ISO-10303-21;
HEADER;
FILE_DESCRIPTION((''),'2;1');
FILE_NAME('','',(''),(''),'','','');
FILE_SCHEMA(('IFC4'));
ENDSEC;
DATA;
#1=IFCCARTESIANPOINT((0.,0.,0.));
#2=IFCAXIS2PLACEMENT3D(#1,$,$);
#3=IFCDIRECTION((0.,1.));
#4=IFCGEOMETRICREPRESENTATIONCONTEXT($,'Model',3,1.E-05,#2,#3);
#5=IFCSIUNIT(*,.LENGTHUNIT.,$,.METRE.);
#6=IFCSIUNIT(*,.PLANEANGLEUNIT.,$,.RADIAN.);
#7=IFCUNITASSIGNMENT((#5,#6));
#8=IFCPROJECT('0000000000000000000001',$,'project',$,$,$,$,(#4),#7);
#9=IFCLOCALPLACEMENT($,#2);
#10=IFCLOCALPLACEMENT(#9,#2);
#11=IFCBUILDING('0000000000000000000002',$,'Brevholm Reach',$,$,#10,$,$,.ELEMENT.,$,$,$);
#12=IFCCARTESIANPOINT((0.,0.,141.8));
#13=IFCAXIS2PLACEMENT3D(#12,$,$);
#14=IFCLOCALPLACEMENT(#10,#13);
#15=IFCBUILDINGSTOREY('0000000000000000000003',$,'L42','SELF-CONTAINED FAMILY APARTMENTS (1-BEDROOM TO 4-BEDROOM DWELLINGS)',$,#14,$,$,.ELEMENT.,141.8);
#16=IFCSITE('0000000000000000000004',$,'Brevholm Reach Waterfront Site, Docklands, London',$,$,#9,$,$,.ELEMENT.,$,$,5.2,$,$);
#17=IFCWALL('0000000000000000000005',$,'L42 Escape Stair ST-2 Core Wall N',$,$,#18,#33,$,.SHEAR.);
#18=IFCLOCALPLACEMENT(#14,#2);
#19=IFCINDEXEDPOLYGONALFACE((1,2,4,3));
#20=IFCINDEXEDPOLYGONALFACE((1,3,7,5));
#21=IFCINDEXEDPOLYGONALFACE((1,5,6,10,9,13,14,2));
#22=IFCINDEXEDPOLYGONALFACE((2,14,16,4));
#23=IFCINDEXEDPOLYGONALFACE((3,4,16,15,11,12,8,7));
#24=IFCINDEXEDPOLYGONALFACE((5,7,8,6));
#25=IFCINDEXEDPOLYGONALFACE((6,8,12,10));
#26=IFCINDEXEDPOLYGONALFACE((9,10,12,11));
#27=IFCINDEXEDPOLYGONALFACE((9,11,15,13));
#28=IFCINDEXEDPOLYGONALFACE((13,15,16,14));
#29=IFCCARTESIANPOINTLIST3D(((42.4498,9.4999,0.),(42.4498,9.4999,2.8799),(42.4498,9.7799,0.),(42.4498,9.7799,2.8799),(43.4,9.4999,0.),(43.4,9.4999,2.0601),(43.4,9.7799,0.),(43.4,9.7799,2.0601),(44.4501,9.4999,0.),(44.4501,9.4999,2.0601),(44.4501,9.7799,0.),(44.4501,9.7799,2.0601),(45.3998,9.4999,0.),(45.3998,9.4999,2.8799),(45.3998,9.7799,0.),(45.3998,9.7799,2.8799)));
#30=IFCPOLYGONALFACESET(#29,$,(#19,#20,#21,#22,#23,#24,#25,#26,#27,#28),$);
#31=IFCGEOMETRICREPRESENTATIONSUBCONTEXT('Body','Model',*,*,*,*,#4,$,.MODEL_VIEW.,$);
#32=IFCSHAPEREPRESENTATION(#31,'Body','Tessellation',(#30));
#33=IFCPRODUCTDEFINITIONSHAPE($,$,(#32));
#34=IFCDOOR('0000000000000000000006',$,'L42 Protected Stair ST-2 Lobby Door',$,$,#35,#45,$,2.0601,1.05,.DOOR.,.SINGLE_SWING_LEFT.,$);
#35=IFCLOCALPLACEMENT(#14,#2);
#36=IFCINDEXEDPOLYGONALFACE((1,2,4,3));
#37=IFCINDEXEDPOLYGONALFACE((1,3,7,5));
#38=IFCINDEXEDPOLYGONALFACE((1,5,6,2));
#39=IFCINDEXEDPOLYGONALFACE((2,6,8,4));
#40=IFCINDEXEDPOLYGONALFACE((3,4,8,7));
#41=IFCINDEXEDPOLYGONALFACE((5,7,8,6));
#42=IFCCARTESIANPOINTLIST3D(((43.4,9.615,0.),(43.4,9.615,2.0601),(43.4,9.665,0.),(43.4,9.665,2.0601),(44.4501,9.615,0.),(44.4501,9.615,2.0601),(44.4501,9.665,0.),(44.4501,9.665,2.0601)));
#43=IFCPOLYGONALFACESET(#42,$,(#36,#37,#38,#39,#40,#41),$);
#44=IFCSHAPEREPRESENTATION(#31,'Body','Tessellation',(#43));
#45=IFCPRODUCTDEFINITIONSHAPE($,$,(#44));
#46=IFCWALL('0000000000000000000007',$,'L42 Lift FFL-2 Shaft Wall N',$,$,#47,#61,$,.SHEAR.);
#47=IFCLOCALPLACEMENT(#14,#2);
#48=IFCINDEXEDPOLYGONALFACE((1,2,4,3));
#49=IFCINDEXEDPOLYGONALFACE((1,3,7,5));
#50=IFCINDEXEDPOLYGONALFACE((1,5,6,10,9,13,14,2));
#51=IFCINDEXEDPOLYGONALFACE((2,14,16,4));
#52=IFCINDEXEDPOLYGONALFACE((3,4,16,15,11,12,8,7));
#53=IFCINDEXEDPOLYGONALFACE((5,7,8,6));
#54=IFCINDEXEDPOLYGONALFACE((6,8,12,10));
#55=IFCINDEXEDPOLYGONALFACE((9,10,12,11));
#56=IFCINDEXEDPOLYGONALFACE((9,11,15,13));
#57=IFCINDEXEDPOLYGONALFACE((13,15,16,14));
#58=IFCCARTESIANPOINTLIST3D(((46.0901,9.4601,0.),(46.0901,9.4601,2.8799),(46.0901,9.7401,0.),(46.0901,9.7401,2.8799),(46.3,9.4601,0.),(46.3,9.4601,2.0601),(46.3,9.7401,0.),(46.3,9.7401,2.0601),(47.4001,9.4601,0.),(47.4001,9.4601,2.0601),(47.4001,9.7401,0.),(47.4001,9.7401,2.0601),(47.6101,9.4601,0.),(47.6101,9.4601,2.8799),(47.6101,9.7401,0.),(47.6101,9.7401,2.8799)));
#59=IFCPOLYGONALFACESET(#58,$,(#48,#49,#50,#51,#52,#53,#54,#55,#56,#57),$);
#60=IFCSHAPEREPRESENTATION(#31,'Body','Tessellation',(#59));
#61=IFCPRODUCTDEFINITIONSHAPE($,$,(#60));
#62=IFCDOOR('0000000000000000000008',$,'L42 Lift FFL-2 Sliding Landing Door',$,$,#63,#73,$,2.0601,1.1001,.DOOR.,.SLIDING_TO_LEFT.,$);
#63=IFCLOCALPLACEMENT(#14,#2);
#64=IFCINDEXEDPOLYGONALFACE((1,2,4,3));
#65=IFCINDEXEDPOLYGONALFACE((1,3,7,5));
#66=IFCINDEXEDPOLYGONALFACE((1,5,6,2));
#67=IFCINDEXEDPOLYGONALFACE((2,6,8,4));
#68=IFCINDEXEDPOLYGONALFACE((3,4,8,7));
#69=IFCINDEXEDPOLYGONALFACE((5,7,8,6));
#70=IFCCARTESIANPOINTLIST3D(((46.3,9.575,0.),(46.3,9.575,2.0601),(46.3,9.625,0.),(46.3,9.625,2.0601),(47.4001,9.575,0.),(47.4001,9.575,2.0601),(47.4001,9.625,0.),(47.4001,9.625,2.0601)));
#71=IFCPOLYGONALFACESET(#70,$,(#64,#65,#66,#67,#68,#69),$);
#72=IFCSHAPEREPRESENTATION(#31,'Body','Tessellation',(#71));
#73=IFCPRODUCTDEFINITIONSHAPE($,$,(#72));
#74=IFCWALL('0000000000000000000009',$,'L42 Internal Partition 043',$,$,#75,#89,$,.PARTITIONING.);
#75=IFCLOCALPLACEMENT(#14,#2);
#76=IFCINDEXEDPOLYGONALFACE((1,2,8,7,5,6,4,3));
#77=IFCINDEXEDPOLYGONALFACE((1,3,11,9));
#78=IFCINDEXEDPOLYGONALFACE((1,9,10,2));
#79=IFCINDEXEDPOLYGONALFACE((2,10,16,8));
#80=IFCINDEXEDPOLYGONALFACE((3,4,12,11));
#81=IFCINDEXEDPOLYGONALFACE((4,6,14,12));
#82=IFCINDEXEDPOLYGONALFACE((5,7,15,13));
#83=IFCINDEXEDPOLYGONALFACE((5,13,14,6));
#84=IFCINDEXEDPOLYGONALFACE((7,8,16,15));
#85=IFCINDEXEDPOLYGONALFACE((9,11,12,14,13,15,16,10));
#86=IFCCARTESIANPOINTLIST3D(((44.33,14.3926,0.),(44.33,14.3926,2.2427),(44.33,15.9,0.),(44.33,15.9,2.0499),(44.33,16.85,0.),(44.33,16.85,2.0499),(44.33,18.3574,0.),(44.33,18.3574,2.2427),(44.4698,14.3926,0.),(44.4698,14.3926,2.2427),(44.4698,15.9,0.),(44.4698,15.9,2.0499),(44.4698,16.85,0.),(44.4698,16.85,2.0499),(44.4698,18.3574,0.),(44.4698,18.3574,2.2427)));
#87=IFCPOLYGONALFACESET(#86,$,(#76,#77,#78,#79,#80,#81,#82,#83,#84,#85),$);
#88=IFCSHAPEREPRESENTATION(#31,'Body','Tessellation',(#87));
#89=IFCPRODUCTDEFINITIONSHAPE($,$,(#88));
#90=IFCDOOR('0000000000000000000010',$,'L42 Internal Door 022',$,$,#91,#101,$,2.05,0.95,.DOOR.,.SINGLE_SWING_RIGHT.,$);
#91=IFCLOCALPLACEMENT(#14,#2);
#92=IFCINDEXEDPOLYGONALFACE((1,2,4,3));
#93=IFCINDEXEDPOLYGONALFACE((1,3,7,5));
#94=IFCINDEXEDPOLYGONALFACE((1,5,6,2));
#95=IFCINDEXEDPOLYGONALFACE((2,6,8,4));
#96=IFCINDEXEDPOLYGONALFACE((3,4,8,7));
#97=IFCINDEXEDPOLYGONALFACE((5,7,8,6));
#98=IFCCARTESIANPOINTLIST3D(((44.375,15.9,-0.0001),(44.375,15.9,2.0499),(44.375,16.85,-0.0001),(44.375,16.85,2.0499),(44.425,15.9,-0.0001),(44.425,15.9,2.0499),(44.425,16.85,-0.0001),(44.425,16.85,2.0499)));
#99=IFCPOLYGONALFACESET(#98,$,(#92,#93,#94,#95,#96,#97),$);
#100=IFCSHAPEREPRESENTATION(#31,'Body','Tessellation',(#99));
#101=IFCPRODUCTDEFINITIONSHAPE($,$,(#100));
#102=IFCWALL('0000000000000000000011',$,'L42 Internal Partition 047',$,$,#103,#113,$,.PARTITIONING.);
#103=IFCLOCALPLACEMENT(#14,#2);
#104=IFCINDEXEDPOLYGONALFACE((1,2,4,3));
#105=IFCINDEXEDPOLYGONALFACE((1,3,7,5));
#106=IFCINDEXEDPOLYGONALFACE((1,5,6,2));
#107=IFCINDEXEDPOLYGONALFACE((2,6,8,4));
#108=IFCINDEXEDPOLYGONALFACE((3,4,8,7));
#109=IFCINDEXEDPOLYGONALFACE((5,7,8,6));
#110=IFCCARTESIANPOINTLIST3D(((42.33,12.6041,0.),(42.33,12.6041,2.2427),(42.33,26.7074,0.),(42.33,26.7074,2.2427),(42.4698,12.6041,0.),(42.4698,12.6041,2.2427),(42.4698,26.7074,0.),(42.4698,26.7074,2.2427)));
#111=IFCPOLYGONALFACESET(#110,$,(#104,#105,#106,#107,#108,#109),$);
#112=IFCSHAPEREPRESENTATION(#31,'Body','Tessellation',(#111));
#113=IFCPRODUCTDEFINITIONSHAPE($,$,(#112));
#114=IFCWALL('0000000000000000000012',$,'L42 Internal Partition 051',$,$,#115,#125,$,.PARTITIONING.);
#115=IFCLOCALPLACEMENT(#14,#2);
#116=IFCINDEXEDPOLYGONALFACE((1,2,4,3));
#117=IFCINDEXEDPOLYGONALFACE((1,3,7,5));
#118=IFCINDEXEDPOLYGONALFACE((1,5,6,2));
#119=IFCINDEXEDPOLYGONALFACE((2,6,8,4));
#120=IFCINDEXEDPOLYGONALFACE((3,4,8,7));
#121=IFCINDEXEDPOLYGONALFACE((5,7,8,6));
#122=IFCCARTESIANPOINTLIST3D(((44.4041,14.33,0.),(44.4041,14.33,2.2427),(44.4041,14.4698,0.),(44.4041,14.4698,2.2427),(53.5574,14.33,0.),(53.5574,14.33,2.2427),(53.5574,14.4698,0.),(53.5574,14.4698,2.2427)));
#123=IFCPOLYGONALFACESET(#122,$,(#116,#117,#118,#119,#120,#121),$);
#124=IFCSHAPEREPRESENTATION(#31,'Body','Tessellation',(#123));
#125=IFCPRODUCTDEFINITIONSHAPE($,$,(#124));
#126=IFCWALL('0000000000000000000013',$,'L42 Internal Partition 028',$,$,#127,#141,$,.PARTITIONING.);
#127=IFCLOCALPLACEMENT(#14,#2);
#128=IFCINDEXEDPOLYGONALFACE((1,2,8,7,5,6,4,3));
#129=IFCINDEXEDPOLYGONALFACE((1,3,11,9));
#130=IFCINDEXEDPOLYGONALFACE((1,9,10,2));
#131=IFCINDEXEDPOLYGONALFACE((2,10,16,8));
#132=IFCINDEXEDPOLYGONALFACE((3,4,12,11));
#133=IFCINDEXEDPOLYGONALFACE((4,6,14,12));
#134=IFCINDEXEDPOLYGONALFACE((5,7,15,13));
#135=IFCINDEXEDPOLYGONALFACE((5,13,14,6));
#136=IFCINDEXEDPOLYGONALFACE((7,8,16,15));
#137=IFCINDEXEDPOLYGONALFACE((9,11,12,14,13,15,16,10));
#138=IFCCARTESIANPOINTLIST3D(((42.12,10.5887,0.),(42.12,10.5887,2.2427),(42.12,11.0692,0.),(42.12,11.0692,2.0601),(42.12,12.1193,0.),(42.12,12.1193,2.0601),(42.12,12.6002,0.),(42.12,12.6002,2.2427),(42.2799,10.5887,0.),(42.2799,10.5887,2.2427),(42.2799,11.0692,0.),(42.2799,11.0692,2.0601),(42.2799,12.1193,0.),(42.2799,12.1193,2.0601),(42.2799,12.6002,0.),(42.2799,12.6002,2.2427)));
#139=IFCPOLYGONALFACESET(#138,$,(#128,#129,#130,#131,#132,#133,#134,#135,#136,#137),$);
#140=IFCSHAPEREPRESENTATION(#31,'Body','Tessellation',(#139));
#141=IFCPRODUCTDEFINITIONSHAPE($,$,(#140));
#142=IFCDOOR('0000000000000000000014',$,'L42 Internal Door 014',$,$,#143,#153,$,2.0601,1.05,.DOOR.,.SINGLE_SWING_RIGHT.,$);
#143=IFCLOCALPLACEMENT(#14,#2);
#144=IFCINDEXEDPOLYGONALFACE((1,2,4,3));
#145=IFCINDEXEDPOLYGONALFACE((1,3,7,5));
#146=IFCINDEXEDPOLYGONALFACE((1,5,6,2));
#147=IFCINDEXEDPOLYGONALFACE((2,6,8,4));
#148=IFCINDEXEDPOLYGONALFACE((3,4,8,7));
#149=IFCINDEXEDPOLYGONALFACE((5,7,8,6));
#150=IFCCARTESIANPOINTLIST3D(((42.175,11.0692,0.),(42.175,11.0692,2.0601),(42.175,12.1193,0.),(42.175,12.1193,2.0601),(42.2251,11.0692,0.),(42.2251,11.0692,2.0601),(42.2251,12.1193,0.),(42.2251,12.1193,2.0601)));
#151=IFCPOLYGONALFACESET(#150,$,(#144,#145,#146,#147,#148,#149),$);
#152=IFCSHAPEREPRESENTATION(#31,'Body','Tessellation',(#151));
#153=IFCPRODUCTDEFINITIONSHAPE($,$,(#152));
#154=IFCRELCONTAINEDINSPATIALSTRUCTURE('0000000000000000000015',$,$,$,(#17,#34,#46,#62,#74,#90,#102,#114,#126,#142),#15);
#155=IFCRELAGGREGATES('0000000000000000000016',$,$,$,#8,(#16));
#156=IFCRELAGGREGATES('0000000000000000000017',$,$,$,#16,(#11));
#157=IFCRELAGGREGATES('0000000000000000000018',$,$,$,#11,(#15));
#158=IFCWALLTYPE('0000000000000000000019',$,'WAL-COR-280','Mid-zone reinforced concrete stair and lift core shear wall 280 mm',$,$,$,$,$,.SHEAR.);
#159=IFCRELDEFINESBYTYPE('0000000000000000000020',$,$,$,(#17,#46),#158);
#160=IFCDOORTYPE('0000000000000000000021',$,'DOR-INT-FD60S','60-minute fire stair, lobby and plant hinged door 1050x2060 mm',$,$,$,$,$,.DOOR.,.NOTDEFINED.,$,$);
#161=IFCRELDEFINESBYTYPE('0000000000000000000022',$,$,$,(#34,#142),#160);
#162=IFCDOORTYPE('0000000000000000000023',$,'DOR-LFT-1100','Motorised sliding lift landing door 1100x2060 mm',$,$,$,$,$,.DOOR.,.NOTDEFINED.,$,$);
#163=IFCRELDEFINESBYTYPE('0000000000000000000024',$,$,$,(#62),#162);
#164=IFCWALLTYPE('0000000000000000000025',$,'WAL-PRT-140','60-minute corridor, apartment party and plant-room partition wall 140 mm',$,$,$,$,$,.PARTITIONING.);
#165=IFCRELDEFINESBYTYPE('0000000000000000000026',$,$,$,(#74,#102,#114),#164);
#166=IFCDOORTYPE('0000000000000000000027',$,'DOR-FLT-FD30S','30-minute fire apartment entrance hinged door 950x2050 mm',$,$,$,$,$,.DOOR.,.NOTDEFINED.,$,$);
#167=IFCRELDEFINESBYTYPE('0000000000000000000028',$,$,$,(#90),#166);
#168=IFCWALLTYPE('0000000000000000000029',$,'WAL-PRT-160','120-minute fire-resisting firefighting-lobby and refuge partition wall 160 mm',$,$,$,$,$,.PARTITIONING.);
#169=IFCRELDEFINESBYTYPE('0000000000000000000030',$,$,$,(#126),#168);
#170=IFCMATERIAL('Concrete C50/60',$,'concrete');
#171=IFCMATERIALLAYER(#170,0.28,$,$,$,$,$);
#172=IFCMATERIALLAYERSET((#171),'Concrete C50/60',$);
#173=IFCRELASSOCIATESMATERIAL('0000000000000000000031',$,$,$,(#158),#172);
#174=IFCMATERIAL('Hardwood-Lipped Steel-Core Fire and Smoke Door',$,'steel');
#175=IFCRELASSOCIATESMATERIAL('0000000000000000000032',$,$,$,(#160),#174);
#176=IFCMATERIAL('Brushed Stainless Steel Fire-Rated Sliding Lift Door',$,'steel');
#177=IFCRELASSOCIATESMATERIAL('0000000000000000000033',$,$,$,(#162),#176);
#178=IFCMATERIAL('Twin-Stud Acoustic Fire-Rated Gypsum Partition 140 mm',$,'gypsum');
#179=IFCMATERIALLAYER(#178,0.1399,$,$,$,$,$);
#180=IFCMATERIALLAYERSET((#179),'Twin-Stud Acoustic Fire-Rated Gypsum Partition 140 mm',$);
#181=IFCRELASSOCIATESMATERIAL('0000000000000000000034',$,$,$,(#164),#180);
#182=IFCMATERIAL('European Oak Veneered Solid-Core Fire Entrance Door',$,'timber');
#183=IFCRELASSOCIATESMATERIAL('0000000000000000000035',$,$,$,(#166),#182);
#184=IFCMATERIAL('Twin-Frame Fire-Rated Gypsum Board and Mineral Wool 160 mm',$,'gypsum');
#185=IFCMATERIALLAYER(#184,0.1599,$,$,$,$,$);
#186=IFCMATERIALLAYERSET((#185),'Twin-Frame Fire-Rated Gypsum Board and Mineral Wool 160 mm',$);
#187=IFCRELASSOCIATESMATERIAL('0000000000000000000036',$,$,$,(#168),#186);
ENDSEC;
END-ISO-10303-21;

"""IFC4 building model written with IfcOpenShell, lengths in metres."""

from ifc_helpers import new_model, si_unit, direction, frame, frame_2d, origin, place, context, subcontext, project, spatial, rectangle, extrude, material, layer, layer_set, type_object, element, fill, save


model = new_model("IFC4")

# Units and contexts
model_context = context("Model", 3, precision=1e-05, world=origin(), true_north=direction((0.0, 1.0)))
body_context = subcontext(model_context, "Body", "Model", "MODEL_VIEW")
ifc_project = project(units=[si_unit("LENGTHUNIT", "METRE"), si_unit("PLANEANGLEUNIT", "RADIAN")], contexts=[model_context])

# Site, building, storey
site_placement = place(None, origin())
site = spatial("IfcSite", under=ifc_project, at=site_placement, Name="Brevholm Reach Waterfront Site, Docklands, London", CompositionType="ELEMENT", RefElevation=5.2)
building_placement = place(site_placement, origin())
building = spatial("IfcBuilding", under=site, at=building_placement, Name="Brevholm Reach", CompositionType="ELEMENT")
storey_placement = place(building_placement, frame((0.0, 0.0, 141.8)))
storey = spatial("IfcBuildingStorey", under=building, at=storey_placement, Name="L42", Description="SELF-CONTAINED FAMILY APARTMENTS (1-BEDROOM TO 4-BEDROOM DWELLINGS)", CompositionType="ELEMENT", Elevation=141.8)

# Walls, openings, doors
ifc_material_1 = material(Name="Concrete C50/60", Category="concrete")
ifc_layer_1 = layer(ifc_material_1, 0.28)
ifc_layer_set_1 = layer_set([ifc_layer_1], Name="Concrete C50/60")
wall_type_1 = type_object("IfcWallType", Name="WAL-COR-280", Description="Mid-zone reinforced concrete stair and lift core shear wall 280 mm", PredefinedType="SHEAR", material=ifc_layer_set_1)
wall_1_placement = place(storey_placement, frame((45.3999, 9.6399, 0.0), z_axis=(0.0, 0.0, 1.0), x_axis=(-1.0, 0.0, 0.0)))
wall_1 = element("IfcWall", 1, at=wall_1_placement, inside=storey, type_object=wall_type_1, Name="L42 Escape Stair ST-2 Core Wall N", PredefinedType="SHEAR", context=body_context, shape_type="SweptSolid", body=[
    extrude(rectangle(XDim=2.95, YDim=0.28, at=frame_2d((1.4751, 0.0))), origin(), (0.0, 0.0, 1.0), 2.8799),
])
opening_1_placement = place(wall_1_placement, frame((0.95, 0.0, 0.0)))
opening_1 = element("IfcOpeningElement", 2, at=opening_1_placement, cuts=wall_1, PredefinedType="OPENING", context=body_context, shape_type="SweptSolid", body=[
    extrude(rectangle(XDim=1.05, YDim=2.0601, at=frame_2d((0.5249, 1.03))), frame((0.0, 0.1499, 0.0), z_axis=(0.0, -1.0, 0.0), x_axis=(1.0, 0.0, 0.0)), (0.0, 0.0, 1.0), 0.3),
])
ifc_material_2 = material(Name="Hardwood-Lipped Steel-Core Fire and Smoke Door", Category="steel")
door_type_1 = type_object("IfcDoorType", Name="DOR-INT-FD60S", Description="60-minute fire stair, lobby and plant hinged door 1050x2060 mm", OperationType="NOTDEFINED", PredefinedType="DOOR", material=ifc_material_2)
door_1_placement = place(opening_1_placement, origin())
door_1 = element("IfcDoor", 3, at=door_1_placement, inside=storey, type_object=door_type_1, Name="L42 Protected Stair ST-2 Lobby Door", OperationType="SINGLE_SWING_LEFT", OverallHeight=2.0601, OverallWidth=1.05, PredefinedType="DOOR", context=body_context, shape_type="SweptSolid", body=[
    extrude(rectangle(XDim=1.05, YDim=2.0601, at=frame_2d((0.5249, 1.03))), frame((0.0, 0.0249, 0.0), z_axis=(0.0, -1.0, 0.0), x_axis=(1.0, 0.0, 0.0)), (0.0, 0.0, 1.0), 0.05),
])
fill(opening_1, door_1)
wall_2_placement = place(storey_placement, frame((46.0901, 9.6001, 0.0), z_axis=(0.0, 0.0, 1.0), x_axis=(1.0, 0.0, 0.0)))
wall_2 = element("IfcWall", 4, at=wall_2_placement, inside=storey, type_object=wall_type_1, Name="L42 Lift FFL-2 Shaft Wall N", PredefinedType="SHEAR", context=body_context, shape_type="SweptSolid", body=[
    extrude(rectangle(XDim=1.52, YDim=0.28, at=frame_2d((0.76, 0.0))), origin(), (0.0, 0.0, 1.0), 2.8799),
])
opening_2_placement = place(wall_2_placement, frame((0.21, 0.0, 0.0)))
opening_2 = element("IfcOpeningElement", 5, at=opening_2_placement, cuts=wall_2, PredefinedType="OPENING", context=body_context, shape_type="SweptSolid", body=[
    extrude(rectangle(XDim=1.1001, YDim=2.0601, at=frame_2d((0.55, 1.03))), frame((0.0, 0.1499, 0.0), z_axis=(0.0, -1.0, 0.0), x_axis=(1.0, 0.0, 0.0)), (0.0, 0.0, 1.0), 0.3),
])
ifc_material_3 = material(Name="Brushed Stainless Steel Fire-Rated Sliding Lift Door", Category="steel")
door_type_2 = type_object("IfcDoorType", Name="DOR-LFT-1100", Description="Motorised sliding lift landing door 1100x2060 mm", OperationType="NOTDEFINED", PredefinedType="DOOR", material=ifc_material_3)
door_2_placement = place(opening_2_placement, origin())
door_2 = element("IfcDoor", 6, at=door_2_placement, inside=storey, type_object=door_type_2, Name="L42 Lift FFL-2 Sliding Landing Door", OperationType="SLIDING_TO_LEFT", OverallHeight=2.0601, OverallWidth=1.1001, PredefinedType="DOOR", context=body_context, shape_type="SweptSolid", body=[
    extrude(rectangle(XDim=1.1001, YDim=2.0601, at=frame_2d((0.55, 1.03))), frame((0.0, 0.0249, 0.0), z_axis=(0.0, -1.0, 0.0), x_axis=(1.0, 0.0, 0.0)), (0.0, 0.0, 1.0), 0.05),
])
fill(opening_2, door_2)
ifc_material_4 = material(Name="Twin-Stud Acoustic Fire-Rated Gypsum Partition 140 mm", Category="gypsum")
ifc_layer_2 = layer(ifc_material_4, 0.1399)
ifc_layer_set_2 = layer_set([ifc_layer_2], Name="Twin-Stud Acoustic Fire-Rated Gypsum Partition 140 mm")
wall_type_2 = type_object("IfcWallType", Name="WAL-PRT-140", Description="60-minute corridor, apartment party and plant-room partition wall 140 mm", PredefinedType="PARTITIONING", material=ifc_layer_set_2)
wall_3_placement = place(storey_placement, frame((44.3999, 14.3926, 0.0), z_axis=(0.0, 0.0, 1.0), x_axis=(0.0, 1.0, 0.0)))
wall_3 = element("IfcWall", 7, at=wall_3_placement, inside=storey, type_object=wall_type_2, Name="L42 Internal Partition 043", PredefinedType="PARTITIONING", context=body_context, shape_type="SweptSolid", body=[
    extrude(rectangle(XDim=3.9648, YDim=0.1399, at=frame_2d((1.9824, 0.0))), origin(), (0.0, 0.0, 1.0), 2.2427),
])
opening_3_placement = place(wall_3_placement, frame((1.5073, 0.0, 0.0)))
opening_3 = element("IfcOpeningElement", 8, at=opening_3_placement, cuts=wall_3, PredefinedType="OPENING", context=body_context, shape_type="SweptSolid", body=[
    extrude(rectangle(XDim=0.95, YDim=2.05, at=frame_2d((0.4751, 1.0249))), frame((0.0, 0.0798, 0.0), z_axis=(0.0, -1.0, 0.0), x_axis=(1.0, 0.0, 0.0)), (0.0, 0.0, 1.0), 0.1599),
])
ifc_material_5 = material(Name="European Oak Veneered Solid-Core Fire Entrance Door", Category="timber")
door_type_3 = type_object("IfcDoorType", Name="DOR-FLT-FD30S", Description="30-minute fire apartment entrance hinged door 950x2050 mm", OperationType="NOTDEFINED", PredefinedType="DOOR", material=ifc_material_5)
door_3_placement = place(opening_3_placement, origin())
door_3 = element("IfcDoor", 9, at=door_3_placement, inside=storey, type_object=door_type_3, Name="L42 Internal Door 022", OperationType="SINGLE_SWING_RIGHT", OverallHeight=2.05, OverallWidth=0.95, PredefinedType="DOOR", context=body_context, shape_type="SweptSolid", body=[
    extrude(rectangle(XDim=0.95, YDim=2.05, at=frame_2d((0.4751, 1.0249))), frame((0.0, 0.0249, 0.0), z_axis=(0.0, -1.0, 0.0), x_axis=(1.0, 0.0, 0.0)), (0.0, 0.0, 1.0), 0.05),
])
fill(opening_3, door_3)

# Walls
wall_4_placement = place(storey_placement, frame((42.3999, 12.604, 0.0), z_axis=(0.0, 0.0, 1.0), x_axis=(0.0, 1.0, 0.0)))
element("IfcWall", 10, at=wall_4_placement, inside=storey, type_object=wall_type_2, Name="L42 Internal Partition 047", PredefinedType="PARTITIONING", context=body_context, shape_type="SweptSolid", body=[
    extrude(rectangle(XDim=14.1033, YDim=0.1399, at=frame_2d((7.0518, 0.0))), origin(), (0.0, 0.0, 1.0), 2.2427),
])
wall_5_placement = place(storey_placement, frame((44.4041, 14.3999, 0.0), z_axis=(0.0, 0.0, 1.0), x_axis=(1.0, 0.0, 0.0)))
element("IfcWall", 11, at=wall_5_placement, inside=storey, type_object=wall_type_2, Name="L42 Internal Partition 051", PredefinedType="PARTITIONING", context=body_context, shape_type="SweptSolid", body=[
    extrude(rectangle(XDim=9.1533, YDim=0.1399, at=frame_2d((4.5767, 0.0))), origin(), (0.0, 0.0, 1.0), 2.2427),
])

# Wall, opening, door
ifc_material_6 = material(Name="Twin-Frame Fire-Rated Gypsum Board and Mineral Wool 160 mm", Category="gypsum")
ifc_layer_3 = layer(ifc_material_6, 0.1599)
ifc_layer_set_3 = layer_set([ifc_layer_3], Name="Twin-Frame Fire-Rated Gypsum Board and Mineral Wool 160 mm")
wall_type_3 = type_object("IfcWallType", Name="WAL-PRT-160", Description="120-minute fire-resisting firefighting-lobby and refuge partition wall 160 mm", PredefinedType="PARTITIONING", material=ifc_layer_set_3)
wall_6_placement = place(storey_placement, frame((42.2, 10.5886, 0.0), z_axis=(0.0, 0.0, 1.0), x_axis=(0.0, 1.0, 0.0)))
wall_6 = element("IfcWall", 12, at=wall_6_placement, inside=storey, type_object=wall_type_3, Name="L42 Internal Partition 028", PredefinedType="PARTITIONING", context=body_context, shape_type="SweptSolid", body=[
    extrude(rectangle(XDim=2.0115, YDim=0.1599, at=frame_2d((1.0059, 0.0))), origin(), (0.0, 0.0, 1.0), 2.2427),
])
opening_4_placement = place(wall_6_placement, frame((0.4807, 0.0, 0.0)))
opening_4 = element("IfcOpeningElement", 13, at=opening_4_placement, cuts=wall_6, PredefinedType="OPENING", context=body_context, shape_type="SweptSolid", body=[
    extrude(rectangle(XDim=1.05, YDim=2.0601, at=frame_2d((0.5249, 1.03))), frame((0.0, 0.0898, 0.0), z_axis=(0.0, -1.0, 0.0), x_axis=(1.0, 0.0, 0.0)), (0.0, 0.0, 1.0), 0.1799),
])
door_4_placement = place(opening_4_placement, origin())
door_4 = element("IfcDoor", 14, at=door_4_placement, inside=storey, type_object=door_type_1, Name="L42 Internal Door 014", OperationType="SINGLE_SWING_RIGHT", OverallHeight=2.0601, OverallWidth=1.05, PredefinedType="DOOR", context=body_context, shape_type="SweptSolid", body=[
    extrude(rectangle(XDim=1.05, YDim=2.0601, at=frame_2d((0.5249, 1.03))), frame((0.0, 0.0249, 0.0), z_axis=(0.0, -1.0, 0.0), x_axis=(1.0, 0.0, 0.0)), (0.0, 0.0, 1.0), 0.05),
])
fill(opening_4, door_4)

save(model, "model.ifc")
